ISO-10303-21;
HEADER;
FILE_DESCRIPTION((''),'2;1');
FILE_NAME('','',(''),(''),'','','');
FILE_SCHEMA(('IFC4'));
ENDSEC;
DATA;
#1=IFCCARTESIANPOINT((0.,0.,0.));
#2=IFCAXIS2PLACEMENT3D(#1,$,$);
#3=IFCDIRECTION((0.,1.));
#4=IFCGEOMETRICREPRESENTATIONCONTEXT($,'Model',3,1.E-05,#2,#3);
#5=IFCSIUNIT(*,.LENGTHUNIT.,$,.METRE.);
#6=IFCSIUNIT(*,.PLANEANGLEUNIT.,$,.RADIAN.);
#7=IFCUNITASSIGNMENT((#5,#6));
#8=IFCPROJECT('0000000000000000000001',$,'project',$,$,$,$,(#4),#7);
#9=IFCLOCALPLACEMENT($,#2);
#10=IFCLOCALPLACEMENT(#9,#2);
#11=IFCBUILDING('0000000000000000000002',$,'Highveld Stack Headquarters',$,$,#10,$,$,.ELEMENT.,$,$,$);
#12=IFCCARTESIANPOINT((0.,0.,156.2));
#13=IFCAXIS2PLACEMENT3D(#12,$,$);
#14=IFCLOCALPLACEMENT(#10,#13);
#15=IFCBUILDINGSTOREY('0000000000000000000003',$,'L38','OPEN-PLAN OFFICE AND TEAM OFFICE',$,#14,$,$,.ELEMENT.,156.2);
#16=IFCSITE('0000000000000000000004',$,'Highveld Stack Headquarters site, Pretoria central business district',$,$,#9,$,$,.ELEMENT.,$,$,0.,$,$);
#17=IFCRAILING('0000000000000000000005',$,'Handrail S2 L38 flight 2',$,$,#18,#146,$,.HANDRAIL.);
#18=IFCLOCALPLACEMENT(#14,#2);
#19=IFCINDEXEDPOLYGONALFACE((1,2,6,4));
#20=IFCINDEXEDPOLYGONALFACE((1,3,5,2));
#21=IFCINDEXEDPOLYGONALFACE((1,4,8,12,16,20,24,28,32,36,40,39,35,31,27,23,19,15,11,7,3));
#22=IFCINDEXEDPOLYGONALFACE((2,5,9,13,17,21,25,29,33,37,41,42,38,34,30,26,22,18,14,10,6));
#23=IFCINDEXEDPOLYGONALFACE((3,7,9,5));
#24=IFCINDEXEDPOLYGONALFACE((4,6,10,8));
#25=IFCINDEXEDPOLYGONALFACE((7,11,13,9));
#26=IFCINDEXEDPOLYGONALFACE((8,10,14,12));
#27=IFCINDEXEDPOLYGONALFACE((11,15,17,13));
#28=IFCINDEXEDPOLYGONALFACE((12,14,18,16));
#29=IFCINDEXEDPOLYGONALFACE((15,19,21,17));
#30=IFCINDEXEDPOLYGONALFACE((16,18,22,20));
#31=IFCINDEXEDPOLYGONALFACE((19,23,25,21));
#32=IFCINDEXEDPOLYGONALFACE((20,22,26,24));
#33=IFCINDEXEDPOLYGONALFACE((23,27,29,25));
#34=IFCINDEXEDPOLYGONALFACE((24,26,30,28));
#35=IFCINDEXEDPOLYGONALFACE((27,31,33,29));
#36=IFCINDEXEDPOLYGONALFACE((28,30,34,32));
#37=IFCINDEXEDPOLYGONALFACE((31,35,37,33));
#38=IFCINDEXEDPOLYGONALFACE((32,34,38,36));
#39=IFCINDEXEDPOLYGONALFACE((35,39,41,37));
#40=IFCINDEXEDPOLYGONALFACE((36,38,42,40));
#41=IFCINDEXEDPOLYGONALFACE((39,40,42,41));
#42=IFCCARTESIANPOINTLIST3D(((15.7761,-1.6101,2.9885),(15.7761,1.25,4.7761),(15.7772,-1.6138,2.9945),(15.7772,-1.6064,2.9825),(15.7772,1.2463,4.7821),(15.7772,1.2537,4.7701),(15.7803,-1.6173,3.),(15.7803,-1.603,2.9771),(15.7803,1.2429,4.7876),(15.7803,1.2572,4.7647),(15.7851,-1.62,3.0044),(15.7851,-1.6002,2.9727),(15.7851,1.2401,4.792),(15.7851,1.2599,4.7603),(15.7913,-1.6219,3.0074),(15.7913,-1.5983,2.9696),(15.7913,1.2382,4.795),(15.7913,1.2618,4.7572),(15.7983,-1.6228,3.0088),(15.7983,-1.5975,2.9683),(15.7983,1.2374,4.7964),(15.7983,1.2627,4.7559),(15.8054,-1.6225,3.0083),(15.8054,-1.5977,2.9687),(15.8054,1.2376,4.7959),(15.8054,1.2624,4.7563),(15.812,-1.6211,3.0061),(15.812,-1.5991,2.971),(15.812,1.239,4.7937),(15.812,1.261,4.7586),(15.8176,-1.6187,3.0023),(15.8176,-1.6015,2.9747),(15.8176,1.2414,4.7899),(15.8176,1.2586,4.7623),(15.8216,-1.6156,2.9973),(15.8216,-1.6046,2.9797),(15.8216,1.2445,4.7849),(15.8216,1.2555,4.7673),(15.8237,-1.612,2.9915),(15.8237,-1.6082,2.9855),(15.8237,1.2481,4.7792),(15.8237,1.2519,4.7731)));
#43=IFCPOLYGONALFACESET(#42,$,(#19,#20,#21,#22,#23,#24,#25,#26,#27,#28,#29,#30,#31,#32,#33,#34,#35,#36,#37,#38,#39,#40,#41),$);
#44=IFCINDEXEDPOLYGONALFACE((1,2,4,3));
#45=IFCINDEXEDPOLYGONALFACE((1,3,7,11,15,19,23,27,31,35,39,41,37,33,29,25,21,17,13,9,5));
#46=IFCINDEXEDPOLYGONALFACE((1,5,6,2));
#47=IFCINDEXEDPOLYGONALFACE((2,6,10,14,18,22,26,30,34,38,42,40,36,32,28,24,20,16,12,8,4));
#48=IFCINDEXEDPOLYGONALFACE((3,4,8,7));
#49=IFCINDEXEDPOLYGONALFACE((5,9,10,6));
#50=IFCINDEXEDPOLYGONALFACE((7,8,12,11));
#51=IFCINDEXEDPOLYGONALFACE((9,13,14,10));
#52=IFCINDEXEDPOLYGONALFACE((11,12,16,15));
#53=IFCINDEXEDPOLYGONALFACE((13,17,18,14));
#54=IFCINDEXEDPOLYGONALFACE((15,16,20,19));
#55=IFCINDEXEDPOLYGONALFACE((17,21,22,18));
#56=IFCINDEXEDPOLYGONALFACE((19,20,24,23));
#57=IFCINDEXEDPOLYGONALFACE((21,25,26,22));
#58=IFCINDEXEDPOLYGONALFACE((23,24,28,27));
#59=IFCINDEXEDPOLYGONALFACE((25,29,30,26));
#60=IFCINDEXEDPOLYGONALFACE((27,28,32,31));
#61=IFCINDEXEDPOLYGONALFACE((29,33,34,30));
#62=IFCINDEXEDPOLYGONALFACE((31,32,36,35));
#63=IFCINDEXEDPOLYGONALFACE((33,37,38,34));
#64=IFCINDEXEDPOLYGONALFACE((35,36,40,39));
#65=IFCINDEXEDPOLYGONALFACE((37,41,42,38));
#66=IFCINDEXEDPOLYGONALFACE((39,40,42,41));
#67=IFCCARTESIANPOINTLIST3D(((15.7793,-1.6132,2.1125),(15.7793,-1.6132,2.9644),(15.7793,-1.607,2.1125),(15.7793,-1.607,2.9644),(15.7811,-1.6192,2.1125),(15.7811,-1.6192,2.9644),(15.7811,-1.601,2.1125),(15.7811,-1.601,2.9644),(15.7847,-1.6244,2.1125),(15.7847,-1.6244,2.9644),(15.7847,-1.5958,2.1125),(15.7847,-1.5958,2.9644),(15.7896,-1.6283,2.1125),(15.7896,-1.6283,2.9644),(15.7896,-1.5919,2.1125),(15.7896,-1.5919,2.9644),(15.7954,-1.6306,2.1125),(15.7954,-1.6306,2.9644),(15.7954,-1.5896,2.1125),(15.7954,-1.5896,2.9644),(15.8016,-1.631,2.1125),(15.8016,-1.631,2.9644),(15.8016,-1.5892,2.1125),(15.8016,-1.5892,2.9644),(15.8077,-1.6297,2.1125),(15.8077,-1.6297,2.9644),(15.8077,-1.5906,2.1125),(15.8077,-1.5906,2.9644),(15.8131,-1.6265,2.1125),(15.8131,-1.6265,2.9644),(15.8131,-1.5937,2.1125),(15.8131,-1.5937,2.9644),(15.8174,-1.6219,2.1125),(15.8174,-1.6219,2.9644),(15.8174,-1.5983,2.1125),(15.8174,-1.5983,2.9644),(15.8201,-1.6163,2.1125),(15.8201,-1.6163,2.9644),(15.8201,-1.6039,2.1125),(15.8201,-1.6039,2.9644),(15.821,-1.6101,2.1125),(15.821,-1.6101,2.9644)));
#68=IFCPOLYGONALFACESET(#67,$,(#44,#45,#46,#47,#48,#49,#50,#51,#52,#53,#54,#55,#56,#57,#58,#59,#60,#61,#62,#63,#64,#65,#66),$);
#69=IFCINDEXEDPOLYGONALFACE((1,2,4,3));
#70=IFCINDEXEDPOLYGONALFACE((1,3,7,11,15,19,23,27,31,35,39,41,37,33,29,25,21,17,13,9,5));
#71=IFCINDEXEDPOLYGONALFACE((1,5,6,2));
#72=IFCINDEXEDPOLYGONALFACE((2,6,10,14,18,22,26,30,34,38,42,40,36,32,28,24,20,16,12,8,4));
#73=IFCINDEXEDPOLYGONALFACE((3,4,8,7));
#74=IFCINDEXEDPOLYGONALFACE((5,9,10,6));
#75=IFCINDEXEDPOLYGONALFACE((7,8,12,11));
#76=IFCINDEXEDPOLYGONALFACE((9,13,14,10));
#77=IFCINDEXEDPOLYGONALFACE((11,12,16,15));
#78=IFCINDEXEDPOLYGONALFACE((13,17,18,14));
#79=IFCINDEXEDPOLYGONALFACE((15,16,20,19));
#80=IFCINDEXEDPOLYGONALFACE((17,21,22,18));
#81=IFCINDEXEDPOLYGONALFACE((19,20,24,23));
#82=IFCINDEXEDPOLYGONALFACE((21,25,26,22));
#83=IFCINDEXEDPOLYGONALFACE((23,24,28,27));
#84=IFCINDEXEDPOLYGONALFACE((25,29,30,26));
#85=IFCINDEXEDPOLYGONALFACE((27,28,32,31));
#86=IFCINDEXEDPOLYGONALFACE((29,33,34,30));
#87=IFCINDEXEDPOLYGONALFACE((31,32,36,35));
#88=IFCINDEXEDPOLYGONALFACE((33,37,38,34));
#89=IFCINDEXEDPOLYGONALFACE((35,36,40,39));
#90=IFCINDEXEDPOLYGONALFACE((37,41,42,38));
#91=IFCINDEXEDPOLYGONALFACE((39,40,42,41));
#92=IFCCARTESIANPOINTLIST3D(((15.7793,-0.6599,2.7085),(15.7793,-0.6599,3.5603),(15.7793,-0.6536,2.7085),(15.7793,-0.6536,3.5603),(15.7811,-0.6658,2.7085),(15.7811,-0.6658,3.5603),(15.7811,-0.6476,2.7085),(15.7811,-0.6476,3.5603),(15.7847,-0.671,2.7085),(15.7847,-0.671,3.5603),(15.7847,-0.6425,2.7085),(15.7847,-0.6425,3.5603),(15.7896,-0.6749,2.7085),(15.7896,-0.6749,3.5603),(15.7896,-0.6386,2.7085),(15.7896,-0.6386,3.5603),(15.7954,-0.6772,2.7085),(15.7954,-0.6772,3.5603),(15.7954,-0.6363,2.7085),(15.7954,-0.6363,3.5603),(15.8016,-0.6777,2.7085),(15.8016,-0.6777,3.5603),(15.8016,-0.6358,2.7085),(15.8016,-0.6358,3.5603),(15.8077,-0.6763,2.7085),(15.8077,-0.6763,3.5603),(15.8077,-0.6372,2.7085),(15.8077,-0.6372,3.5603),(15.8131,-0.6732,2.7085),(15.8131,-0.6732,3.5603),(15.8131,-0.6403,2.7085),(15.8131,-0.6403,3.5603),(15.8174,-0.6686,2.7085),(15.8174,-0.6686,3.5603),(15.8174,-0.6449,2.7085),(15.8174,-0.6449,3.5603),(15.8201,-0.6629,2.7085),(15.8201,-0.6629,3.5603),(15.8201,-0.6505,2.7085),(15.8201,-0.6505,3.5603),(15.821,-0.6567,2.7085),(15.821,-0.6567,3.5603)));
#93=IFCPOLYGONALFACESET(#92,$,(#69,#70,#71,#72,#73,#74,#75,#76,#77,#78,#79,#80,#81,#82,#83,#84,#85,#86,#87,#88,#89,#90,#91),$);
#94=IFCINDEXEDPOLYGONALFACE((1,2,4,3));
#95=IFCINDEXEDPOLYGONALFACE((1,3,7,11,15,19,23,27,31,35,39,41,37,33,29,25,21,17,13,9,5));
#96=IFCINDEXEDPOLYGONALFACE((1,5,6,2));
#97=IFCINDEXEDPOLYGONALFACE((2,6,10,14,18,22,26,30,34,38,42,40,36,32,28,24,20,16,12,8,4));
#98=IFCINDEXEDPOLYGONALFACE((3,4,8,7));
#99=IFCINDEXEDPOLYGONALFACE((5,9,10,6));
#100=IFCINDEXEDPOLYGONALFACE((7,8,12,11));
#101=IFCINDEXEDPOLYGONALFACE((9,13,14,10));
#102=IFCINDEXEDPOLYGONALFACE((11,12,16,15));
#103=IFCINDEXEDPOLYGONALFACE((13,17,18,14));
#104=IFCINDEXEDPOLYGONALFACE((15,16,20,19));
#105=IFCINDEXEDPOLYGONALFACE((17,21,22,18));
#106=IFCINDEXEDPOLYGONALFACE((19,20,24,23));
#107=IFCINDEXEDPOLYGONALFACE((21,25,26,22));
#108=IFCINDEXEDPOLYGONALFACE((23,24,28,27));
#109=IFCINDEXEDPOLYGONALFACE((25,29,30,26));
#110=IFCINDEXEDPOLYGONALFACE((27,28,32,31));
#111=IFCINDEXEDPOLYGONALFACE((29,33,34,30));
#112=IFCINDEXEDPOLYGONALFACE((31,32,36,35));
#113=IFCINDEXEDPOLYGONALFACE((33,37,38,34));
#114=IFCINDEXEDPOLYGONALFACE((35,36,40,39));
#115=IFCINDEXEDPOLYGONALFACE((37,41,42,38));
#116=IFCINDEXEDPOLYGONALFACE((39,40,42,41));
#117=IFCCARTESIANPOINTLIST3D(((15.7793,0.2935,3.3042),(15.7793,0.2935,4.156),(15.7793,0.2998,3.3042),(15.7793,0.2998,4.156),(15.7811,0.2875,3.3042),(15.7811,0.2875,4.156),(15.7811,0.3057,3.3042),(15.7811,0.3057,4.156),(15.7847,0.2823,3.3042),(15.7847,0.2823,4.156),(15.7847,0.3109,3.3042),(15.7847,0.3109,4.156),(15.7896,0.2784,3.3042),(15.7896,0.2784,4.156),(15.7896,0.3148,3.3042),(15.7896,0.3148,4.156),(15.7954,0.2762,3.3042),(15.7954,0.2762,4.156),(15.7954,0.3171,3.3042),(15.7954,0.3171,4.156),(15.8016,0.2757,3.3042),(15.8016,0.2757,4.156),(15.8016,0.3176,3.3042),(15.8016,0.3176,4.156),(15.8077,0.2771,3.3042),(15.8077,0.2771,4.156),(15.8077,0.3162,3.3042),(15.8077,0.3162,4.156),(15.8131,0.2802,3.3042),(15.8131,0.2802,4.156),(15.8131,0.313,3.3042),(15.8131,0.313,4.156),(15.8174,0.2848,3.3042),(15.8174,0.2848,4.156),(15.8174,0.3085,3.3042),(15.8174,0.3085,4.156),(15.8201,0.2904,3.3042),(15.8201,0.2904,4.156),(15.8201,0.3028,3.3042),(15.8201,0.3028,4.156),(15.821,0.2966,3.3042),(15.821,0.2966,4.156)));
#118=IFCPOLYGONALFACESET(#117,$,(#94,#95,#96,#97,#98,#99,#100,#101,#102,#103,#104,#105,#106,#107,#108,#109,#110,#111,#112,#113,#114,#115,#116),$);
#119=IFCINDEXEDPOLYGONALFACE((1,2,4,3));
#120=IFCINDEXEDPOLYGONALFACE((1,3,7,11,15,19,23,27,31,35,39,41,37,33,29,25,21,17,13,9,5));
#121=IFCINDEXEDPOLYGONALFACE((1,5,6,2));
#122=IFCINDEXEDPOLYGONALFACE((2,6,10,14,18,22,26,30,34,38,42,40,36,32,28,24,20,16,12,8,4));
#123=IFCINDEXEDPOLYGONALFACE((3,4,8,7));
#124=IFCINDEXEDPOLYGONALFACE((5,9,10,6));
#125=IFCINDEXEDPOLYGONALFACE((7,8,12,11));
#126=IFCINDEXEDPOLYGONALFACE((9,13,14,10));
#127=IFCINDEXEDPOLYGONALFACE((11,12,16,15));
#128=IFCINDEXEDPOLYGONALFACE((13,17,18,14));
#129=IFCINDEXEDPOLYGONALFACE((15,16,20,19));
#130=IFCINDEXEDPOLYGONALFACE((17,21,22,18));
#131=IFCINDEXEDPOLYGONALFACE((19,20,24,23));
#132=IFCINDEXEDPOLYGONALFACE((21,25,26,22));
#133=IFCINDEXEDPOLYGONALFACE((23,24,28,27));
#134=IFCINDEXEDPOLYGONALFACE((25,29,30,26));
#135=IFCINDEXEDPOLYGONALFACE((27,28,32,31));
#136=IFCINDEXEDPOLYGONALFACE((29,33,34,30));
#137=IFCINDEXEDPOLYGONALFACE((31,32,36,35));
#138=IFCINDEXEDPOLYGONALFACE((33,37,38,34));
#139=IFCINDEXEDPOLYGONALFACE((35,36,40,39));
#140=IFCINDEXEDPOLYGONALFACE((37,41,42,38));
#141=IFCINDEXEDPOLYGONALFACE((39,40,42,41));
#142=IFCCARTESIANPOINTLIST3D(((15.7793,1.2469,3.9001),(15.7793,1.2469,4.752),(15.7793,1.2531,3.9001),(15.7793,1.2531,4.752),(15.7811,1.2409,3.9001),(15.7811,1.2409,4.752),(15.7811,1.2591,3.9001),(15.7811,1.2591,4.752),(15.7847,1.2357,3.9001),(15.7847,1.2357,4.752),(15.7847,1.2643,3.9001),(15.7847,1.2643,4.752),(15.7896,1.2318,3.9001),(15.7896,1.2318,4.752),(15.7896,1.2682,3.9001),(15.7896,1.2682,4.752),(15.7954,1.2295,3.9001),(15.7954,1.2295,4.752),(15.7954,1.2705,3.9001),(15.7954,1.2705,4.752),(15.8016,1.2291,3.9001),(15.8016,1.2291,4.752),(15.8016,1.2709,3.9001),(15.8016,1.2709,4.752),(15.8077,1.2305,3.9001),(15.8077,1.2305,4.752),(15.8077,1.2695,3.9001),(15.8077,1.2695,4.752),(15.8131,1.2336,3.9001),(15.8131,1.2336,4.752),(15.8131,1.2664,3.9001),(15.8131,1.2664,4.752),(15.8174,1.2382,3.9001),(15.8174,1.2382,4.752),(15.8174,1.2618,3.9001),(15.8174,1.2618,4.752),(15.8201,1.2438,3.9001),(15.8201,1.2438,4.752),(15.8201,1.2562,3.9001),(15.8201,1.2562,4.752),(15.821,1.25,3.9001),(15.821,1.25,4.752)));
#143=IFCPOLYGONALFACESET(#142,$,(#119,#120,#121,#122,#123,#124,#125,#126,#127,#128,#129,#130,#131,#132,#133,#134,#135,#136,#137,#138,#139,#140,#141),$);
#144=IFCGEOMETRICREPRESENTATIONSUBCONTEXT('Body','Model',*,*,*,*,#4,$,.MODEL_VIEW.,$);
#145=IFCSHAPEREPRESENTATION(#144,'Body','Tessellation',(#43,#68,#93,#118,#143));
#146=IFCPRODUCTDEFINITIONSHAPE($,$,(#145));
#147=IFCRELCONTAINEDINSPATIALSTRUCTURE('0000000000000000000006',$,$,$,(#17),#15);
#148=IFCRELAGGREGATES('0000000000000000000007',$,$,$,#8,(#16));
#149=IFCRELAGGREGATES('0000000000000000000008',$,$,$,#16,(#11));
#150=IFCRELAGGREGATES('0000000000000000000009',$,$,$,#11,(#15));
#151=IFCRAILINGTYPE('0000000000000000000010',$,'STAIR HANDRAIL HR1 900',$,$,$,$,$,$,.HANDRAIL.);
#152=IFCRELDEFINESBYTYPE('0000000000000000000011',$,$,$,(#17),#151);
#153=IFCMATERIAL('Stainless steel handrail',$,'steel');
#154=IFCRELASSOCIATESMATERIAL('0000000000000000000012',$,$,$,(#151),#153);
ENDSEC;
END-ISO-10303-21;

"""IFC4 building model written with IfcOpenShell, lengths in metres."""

from ifc_helpers import new_model, si_unit, direction, frame, origin, origin_2d, place, context, subcontext, project, spatial, circle, extrude, material, type_object, element, save


model = new_model("IFC4")

# Units and contexts
model_context = context("Model", 3, precision=1e-05, world=origin(), true_north=direction((0.0, 1.0)))
body_context = subcontext(model_context, "Body", "Model", "MODEL_VIEW")
ifc_project = project(units=[si_unit("LENGTHUNIT", "METRE"), si_unit("PLANEANGLEUNIT", "RADIAN")], contexts=[model_context])

# Site, building, storey
site_placement = place(None, origin())
site = spatial("IfcSite", under=ifc_project, at=site_placement, Name="Highveld Stack Headquarters site, Pretoria central business district", CompositionType="ELEMENT", RefElevation=0.0)
building_placement = place(site_placement, origin())
building = spatial("IfcBuilding", under=site, at=building_placement, Name="Highveld Stack Headquarters", CompositionType="ELEMENT")
storey_placement = place(building_placement, frame((0.0, 0.0, 156.2)))
storey = spatial("IfcBuildingStorey", under=building, at=storey_placement, Name="L38", Description="OPEN-PLAN OFFICE AND TEAM OFFICE", CompositionType="ELEMENT", Elevation=156.2)

# Railing
ifc_material_1 = material(Name="Stainless steel handrail", Category="steel")
railing_type = type_object("IfcRailingType", Name="STAIR HANDRAIL HR1 900", PredefinedType="HANDRAIL", material=ifc_material_1)
for number, where, name in (
    (1, (15.8, -1.6101, 2.1125), "Handrail S2 L38 flight 2"),
):
    element("IfcRailing", number, at=place(storey_placement, frame(where)), inside=storey, type_object=railing_type, Name=name, PredefinedType="HANDRAIL", context=body_context, shape_type="SweptSolid", body=[
        extrude(circle(Radius=0.0239, at=origin_2d()), frame((0.0, 0.0, 0.876), z_axis=(0.0, 0.847994, 0.530005), x_axis=(-1.0, 0.0, 0.0)), (0.0, 0.0, 1.0), 3.3728),
        extrude(circle(Radius=0.021, at=origin_2d()), origin(), (0.0, 0.0, 1.0), 0.8518),
        extrude(circle(Radius=0.021, at=origin_2d()), frame((0.0, 0.9534, 0.5959)), (0.0, 0.0, 1.0), 0.8518),
        extrude(circle(Radius=0.021, at=origin_2d()), frame((0.0, 1.9067, 1.1917)), (0.0, 0.0, 1.0), 0.8518),
        extrude(circle(Radius=0.021, at=origin_2d()), frame((0.0, 2.8601, 1.7876)), (0.0, 0.0, 1.0), 0.8518),
    ])

save(model, "model.ifc")
